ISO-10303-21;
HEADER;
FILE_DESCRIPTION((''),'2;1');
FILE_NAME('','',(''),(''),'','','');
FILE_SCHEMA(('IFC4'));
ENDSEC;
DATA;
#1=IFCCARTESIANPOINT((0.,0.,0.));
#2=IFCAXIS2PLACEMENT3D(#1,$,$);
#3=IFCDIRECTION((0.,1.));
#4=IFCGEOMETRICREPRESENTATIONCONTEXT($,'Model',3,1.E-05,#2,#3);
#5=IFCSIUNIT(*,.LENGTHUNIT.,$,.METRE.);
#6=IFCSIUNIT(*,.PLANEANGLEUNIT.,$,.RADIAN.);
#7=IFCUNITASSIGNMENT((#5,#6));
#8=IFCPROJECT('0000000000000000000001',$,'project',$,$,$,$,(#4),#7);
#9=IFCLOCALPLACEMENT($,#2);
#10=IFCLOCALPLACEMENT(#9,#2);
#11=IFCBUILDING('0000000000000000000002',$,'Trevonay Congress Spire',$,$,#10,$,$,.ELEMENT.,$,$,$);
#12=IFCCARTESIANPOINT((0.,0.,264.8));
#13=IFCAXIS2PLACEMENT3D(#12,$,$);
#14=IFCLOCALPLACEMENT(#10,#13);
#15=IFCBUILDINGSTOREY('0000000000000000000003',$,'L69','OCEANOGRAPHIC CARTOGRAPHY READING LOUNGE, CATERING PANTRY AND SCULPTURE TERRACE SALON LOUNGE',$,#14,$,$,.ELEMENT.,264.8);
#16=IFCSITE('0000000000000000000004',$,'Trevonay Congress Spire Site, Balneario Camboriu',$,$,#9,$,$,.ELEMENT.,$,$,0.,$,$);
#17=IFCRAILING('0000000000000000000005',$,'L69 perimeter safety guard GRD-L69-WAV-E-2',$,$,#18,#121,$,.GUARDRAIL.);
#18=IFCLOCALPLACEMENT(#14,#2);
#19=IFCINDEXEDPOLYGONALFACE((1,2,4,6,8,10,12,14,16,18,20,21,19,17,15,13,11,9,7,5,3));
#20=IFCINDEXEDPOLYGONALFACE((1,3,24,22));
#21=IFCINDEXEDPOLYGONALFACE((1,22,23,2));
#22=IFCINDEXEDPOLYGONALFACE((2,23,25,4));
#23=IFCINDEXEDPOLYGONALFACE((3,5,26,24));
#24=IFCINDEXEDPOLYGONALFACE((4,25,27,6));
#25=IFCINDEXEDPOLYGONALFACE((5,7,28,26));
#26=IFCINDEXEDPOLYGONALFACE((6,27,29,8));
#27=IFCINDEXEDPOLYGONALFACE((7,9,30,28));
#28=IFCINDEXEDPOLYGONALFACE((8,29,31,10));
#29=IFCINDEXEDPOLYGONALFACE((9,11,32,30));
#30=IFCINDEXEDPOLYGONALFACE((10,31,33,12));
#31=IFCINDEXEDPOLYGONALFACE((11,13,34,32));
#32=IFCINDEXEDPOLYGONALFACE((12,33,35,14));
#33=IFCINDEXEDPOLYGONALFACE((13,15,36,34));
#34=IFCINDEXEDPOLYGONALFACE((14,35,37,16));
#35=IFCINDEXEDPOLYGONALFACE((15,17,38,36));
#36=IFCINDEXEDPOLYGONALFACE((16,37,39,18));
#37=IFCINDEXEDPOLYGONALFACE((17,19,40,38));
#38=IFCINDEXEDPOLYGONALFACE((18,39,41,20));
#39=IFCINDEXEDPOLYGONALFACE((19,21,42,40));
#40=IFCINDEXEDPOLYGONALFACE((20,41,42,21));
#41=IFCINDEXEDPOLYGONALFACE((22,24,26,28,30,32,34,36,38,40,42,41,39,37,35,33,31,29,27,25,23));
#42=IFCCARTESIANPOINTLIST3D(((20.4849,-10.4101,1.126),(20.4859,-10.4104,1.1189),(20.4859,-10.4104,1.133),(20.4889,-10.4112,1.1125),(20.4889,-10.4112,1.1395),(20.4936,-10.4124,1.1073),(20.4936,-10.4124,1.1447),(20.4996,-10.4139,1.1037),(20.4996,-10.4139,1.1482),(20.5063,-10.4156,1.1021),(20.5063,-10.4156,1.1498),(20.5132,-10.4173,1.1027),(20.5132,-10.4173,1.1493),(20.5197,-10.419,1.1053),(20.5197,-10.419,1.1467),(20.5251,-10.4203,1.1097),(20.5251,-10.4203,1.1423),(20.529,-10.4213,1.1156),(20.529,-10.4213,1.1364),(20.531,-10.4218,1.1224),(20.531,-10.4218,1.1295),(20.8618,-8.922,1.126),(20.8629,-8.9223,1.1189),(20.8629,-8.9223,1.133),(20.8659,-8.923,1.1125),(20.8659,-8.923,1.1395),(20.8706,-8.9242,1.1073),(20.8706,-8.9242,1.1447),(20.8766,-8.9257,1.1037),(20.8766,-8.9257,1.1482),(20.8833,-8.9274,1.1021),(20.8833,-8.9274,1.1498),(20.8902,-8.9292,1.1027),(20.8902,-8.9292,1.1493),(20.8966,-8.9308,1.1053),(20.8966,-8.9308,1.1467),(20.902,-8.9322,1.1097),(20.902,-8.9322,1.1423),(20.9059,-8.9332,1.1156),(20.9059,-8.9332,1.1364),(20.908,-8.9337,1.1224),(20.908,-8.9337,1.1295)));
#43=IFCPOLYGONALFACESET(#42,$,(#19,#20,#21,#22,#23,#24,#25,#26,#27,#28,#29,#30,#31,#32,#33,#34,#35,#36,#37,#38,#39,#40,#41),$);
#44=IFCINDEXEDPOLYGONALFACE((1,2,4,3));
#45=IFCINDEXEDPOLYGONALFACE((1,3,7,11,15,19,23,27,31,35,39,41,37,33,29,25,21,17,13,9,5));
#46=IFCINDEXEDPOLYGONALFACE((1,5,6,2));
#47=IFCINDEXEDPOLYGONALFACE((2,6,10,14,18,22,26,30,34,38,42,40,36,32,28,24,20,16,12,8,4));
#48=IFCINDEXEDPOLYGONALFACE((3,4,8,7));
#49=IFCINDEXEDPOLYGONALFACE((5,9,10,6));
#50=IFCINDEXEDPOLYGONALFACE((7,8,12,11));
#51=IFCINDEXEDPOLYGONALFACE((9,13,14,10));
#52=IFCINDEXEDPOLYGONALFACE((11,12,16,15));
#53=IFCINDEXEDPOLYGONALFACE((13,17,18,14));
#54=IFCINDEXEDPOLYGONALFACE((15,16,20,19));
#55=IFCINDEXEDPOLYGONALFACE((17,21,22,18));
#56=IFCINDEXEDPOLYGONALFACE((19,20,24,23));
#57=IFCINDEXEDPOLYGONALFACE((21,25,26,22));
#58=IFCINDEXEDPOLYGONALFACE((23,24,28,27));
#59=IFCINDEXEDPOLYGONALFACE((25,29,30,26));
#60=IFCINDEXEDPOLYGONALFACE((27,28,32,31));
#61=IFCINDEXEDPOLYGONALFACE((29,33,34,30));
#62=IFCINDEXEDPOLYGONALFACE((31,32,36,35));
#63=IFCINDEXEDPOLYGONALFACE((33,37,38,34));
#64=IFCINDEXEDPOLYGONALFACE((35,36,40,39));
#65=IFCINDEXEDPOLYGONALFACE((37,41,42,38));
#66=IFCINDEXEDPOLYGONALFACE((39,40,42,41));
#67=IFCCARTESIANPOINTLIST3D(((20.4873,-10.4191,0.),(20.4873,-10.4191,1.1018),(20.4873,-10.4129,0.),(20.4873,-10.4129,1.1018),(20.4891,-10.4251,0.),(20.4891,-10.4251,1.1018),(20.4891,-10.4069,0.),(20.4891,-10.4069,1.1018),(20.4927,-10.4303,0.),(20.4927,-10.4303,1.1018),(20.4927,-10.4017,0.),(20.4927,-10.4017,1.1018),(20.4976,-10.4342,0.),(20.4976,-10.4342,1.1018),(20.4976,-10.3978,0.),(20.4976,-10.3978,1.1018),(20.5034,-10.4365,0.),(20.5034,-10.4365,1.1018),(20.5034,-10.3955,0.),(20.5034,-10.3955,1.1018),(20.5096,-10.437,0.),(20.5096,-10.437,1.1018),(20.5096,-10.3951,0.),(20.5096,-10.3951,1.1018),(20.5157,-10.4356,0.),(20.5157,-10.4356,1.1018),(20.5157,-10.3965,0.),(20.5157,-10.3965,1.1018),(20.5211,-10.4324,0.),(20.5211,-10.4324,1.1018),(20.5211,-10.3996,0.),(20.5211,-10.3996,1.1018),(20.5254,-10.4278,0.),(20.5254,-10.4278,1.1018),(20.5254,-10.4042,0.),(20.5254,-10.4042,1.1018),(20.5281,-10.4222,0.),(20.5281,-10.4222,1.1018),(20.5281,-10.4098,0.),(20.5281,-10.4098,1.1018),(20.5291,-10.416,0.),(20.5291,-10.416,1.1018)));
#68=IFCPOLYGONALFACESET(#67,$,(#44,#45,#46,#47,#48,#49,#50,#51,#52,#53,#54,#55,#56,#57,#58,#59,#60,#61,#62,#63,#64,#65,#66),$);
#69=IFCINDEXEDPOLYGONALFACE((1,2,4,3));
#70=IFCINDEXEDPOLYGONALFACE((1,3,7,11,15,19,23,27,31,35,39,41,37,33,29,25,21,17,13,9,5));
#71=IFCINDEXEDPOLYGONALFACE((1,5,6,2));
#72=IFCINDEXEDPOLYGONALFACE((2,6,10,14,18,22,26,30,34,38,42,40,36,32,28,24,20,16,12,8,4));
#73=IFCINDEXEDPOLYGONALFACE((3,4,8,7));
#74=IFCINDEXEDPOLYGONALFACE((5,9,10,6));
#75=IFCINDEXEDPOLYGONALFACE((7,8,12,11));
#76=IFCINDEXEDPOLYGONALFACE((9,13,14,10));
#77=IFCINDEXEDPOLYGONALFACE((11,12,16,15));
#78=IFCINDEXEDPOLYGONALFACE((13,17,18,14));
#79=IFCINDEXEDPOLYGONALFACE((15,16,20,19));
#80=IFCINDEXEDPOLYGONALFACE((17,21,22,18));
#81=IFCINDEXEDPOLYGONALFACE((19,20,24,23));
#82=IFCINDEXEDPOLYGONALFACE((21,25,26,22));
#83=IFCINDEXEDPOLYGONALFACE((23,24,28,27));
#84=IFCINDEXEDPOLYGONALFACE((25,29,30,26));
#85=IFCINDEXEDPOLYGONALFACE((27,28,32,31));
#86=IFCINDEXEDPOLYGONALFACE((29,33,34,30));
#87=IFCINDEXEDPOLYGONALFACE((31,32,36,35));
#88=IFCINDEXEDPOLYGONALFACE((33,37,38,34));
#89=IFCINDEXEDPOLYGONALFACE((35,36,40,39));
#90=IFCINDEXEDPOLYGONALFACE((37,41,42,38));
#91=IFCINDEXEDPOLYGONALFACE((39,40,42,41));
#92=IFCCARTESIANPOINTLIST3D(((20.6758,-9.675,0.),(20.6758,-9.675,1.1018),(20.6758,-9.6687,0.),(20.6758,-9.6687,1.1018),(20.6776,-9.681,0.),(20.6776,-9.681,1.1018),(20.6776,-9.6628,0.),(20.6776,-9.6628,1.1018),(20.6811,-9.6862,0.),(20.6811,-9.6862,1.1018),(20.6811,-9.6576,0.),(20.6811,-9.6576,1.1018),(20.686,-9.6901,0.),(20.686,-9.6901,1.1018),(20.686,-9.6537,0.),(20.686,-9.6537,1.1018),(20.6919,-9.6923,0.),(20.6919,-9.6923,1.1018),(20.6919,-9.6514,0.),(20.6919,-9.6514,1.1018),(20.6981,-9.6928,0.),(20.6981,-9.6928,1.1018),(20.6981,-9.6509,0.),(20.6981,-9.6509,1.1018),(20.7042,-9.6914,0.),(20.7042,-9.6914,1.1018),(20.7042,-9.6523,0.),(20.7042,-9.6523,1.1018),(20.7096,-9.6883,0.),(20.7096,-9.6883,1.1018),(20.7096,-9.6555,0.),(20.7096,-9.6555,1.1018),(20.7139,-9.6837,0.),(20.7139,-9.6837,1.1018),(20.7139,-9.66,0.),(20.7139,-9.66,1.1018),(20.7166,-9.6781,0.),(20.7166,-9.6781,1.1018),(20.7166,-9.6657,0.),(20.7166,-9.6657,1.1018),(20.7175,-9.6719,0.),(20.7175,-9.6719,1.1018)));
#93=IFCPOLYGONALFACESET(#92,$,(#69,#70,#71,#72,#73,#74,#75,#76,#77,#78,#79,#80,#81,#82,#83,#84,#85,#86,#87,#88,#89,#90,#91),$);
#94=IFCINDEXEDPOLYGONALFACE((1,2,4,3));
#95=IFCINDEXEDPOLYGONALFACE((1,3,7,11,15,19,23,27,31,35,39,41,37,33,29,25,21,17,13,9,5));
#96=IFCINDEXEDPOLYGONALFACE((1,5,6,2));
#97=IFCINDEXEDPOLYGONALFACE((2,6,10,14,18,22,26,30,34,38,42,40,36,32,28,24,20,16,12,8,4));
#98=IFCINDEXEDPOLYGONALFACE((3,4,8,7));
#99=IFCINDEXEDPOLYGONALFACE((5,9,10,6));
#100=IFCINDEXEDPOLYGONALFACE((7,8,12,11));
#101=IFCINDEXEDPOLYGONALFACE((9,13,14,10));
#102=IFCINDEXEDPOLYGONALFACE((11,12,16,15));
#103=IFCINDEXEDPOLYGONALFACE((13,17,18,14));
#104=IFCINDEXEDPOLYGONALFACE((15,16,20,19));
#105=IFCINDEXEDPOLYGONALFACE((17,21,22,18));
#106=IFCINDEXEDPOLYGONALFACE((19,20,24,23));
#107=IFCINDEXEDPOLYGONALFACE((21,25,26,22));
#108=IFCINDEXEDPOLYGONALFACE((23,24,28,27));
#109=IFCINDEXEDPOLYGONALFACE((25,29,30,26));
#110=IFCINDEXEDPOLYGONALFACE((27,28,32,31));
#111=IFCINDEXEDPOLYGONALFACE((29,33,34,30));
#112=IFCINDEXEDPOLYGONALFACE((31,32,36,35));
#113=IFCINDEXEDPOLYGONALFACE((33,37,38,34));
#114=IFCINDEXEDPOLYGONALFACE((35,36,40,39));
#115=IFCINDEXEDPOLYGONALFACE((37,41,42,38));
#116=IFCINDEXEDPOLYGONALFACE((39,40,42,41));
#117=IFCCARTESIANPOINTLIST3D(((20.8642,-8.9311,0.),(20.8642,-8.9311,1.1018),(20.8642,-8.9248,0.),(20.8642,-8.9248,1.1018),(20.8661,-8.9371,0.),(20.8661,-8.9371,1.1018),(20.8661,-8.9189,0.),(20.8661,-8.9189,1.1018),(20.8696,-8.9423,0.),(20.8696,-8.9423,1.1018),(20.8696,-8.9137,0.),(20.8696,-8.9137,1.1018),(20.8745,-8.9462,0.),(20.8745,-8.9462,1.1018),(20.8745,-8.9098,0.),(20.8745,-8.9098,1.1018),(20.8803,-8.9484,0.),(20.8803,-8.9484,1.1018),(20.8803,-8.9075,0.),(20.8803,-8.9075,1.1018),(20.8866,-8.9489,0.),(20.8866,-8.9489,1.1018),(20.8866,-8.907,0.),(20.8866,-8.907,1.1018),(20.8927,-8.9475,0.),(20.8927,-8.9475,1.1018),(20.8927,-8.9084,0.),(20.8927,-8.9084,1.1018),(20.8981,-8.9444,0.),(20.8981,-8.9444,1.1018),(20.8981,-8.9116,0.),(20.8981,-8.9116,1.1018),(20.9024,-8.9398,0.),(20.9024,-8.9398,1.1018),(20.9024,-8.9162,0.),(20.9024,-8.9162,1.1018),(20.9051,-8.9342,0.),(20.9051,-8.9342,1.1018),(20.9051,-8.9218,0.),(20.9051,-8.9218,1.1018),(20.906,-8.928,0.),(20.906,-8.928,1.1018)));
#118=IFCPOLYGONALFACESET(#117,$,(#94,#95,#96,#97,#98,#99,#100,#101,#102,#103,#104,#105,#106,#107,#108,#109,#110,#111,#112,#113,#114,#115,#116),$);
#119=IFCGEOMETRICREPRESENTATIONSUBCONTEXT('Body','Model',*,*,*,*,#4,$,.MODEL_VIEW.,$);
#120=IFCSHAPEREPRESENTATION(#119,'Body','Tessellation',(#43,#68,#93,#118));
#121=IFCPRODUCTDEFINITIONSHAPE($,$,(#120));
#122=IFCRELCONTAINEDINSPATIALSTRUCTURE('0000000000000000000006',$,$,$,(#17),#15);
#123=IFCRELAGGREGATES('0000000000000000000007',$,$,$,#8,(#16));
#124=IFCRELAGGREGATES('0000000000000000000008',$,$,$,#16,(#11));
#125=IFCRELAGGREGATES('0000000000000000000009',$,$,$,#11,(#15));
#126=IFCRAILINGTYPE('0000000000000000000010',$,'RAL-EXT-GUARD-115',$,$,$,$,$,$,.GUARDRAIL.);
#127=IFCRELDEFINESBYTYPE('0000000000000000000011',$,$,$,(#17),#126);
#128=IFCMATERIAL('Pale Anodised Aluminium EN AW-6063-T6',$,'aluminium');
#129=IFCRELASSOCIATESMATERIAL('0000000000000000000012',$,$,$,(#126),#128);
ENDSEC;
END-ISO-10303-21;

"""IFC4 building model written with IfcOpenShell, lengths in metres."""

from ifc_helpers import new_model, si_unit, direction, frame, origin, origin_2d, place, context, subcontext, project, spatial, circle, extrude, material, type_object, element, save


model = new_model("IFC4")

# Units and contexts
model_context = context("Model", 3, precision=1e-05, world=origin(), true_north=direction((0.0, 1.0)))
body_context = subcontext(model_context, "Body", "Model", "MODEL_VIEW")
ifc_project = project(units=[si_unit("LENGTHUNIT", "METRE"), si_unit("PLANEANGLEUNIT", "RADIAN")], contexts=[model_context])

# Site, building, storey
site_placement = place(None, origin())
site = spatial("IfcSite", under=ifc_project, at=site_placement, Name="Trevonay Congress Spire Site, Balneario Camboriu", CompositionType="ELEMENT", RefElevation=0.0)
building_placement = place(site_placement, origin())
building = spatial("IfcBuilding", under=site, at=building_placement, Name="Trevonay Congress Spire", CompositionType="ELEMENT")
storey_placement = place(building_placement, frame((0.0, 0.0, 264.8)))
storey = spatial("IfcBuildingStorey", under=building, at=storey_placement, Name="L69", Description="OCEANOGRAPHIC CARTOGRAPHY READING LOUNGE, CATERING PANTRY AND SCULPTURE TERRACE SALON LOUNGE", CompositionType="ELEMENT", Elevation=264.8)

# Shared definitions
ifc_material_1 = material(Name="Pale Anodised Aluminium EN AW-6063-T6", Category="aluminium")

# Railing
railing_type = type_object("IfcRailingType", Name="RAL-EXT-GUARD-115", PredefinedType="GUARDRAIL", material=ifc_material_1)
railing_1_placement = place(storey_placement, frame((20.5081, -10.416, 0.0)))
element("IfcRailing", 1, at=railing_1_placement, inside=storey, type_object=railing_type, Name="L69 perimeter safety guard GRD-L69-WAV-E-2", PredefinedType="GUARDRAIL", context=body_context, shape_type="SweptSolid", body=[
    extrude(circle(Radius=0.0239, at=origin_2d()), frame((0.0, 0.0, 1.126), z_axis=(0.245566, 0.96938, 0.0), x_axis=(-0.96938, 0.245566, 0.0)), (0.0, 0.0, 1.0), 1.5352),
    extrude(circle(Radius=0.021, at=origin_2d()), origin(), (0.0, 0.0, 1.0), 1.1018),
    extrude(circle(Radius=0.021, at=origin_2d()), frame((0.1885, 0.7441, 0.0)), (0.0, 0.0, 1.0), 1.1018),
    extrude(circle(Radius=0.021, at=origin_2d()), frame((0.377, 1.488, 0.0)), (0.0, 0.0, 1.0), 1.1018),
])

save(model, "model.ifc")
